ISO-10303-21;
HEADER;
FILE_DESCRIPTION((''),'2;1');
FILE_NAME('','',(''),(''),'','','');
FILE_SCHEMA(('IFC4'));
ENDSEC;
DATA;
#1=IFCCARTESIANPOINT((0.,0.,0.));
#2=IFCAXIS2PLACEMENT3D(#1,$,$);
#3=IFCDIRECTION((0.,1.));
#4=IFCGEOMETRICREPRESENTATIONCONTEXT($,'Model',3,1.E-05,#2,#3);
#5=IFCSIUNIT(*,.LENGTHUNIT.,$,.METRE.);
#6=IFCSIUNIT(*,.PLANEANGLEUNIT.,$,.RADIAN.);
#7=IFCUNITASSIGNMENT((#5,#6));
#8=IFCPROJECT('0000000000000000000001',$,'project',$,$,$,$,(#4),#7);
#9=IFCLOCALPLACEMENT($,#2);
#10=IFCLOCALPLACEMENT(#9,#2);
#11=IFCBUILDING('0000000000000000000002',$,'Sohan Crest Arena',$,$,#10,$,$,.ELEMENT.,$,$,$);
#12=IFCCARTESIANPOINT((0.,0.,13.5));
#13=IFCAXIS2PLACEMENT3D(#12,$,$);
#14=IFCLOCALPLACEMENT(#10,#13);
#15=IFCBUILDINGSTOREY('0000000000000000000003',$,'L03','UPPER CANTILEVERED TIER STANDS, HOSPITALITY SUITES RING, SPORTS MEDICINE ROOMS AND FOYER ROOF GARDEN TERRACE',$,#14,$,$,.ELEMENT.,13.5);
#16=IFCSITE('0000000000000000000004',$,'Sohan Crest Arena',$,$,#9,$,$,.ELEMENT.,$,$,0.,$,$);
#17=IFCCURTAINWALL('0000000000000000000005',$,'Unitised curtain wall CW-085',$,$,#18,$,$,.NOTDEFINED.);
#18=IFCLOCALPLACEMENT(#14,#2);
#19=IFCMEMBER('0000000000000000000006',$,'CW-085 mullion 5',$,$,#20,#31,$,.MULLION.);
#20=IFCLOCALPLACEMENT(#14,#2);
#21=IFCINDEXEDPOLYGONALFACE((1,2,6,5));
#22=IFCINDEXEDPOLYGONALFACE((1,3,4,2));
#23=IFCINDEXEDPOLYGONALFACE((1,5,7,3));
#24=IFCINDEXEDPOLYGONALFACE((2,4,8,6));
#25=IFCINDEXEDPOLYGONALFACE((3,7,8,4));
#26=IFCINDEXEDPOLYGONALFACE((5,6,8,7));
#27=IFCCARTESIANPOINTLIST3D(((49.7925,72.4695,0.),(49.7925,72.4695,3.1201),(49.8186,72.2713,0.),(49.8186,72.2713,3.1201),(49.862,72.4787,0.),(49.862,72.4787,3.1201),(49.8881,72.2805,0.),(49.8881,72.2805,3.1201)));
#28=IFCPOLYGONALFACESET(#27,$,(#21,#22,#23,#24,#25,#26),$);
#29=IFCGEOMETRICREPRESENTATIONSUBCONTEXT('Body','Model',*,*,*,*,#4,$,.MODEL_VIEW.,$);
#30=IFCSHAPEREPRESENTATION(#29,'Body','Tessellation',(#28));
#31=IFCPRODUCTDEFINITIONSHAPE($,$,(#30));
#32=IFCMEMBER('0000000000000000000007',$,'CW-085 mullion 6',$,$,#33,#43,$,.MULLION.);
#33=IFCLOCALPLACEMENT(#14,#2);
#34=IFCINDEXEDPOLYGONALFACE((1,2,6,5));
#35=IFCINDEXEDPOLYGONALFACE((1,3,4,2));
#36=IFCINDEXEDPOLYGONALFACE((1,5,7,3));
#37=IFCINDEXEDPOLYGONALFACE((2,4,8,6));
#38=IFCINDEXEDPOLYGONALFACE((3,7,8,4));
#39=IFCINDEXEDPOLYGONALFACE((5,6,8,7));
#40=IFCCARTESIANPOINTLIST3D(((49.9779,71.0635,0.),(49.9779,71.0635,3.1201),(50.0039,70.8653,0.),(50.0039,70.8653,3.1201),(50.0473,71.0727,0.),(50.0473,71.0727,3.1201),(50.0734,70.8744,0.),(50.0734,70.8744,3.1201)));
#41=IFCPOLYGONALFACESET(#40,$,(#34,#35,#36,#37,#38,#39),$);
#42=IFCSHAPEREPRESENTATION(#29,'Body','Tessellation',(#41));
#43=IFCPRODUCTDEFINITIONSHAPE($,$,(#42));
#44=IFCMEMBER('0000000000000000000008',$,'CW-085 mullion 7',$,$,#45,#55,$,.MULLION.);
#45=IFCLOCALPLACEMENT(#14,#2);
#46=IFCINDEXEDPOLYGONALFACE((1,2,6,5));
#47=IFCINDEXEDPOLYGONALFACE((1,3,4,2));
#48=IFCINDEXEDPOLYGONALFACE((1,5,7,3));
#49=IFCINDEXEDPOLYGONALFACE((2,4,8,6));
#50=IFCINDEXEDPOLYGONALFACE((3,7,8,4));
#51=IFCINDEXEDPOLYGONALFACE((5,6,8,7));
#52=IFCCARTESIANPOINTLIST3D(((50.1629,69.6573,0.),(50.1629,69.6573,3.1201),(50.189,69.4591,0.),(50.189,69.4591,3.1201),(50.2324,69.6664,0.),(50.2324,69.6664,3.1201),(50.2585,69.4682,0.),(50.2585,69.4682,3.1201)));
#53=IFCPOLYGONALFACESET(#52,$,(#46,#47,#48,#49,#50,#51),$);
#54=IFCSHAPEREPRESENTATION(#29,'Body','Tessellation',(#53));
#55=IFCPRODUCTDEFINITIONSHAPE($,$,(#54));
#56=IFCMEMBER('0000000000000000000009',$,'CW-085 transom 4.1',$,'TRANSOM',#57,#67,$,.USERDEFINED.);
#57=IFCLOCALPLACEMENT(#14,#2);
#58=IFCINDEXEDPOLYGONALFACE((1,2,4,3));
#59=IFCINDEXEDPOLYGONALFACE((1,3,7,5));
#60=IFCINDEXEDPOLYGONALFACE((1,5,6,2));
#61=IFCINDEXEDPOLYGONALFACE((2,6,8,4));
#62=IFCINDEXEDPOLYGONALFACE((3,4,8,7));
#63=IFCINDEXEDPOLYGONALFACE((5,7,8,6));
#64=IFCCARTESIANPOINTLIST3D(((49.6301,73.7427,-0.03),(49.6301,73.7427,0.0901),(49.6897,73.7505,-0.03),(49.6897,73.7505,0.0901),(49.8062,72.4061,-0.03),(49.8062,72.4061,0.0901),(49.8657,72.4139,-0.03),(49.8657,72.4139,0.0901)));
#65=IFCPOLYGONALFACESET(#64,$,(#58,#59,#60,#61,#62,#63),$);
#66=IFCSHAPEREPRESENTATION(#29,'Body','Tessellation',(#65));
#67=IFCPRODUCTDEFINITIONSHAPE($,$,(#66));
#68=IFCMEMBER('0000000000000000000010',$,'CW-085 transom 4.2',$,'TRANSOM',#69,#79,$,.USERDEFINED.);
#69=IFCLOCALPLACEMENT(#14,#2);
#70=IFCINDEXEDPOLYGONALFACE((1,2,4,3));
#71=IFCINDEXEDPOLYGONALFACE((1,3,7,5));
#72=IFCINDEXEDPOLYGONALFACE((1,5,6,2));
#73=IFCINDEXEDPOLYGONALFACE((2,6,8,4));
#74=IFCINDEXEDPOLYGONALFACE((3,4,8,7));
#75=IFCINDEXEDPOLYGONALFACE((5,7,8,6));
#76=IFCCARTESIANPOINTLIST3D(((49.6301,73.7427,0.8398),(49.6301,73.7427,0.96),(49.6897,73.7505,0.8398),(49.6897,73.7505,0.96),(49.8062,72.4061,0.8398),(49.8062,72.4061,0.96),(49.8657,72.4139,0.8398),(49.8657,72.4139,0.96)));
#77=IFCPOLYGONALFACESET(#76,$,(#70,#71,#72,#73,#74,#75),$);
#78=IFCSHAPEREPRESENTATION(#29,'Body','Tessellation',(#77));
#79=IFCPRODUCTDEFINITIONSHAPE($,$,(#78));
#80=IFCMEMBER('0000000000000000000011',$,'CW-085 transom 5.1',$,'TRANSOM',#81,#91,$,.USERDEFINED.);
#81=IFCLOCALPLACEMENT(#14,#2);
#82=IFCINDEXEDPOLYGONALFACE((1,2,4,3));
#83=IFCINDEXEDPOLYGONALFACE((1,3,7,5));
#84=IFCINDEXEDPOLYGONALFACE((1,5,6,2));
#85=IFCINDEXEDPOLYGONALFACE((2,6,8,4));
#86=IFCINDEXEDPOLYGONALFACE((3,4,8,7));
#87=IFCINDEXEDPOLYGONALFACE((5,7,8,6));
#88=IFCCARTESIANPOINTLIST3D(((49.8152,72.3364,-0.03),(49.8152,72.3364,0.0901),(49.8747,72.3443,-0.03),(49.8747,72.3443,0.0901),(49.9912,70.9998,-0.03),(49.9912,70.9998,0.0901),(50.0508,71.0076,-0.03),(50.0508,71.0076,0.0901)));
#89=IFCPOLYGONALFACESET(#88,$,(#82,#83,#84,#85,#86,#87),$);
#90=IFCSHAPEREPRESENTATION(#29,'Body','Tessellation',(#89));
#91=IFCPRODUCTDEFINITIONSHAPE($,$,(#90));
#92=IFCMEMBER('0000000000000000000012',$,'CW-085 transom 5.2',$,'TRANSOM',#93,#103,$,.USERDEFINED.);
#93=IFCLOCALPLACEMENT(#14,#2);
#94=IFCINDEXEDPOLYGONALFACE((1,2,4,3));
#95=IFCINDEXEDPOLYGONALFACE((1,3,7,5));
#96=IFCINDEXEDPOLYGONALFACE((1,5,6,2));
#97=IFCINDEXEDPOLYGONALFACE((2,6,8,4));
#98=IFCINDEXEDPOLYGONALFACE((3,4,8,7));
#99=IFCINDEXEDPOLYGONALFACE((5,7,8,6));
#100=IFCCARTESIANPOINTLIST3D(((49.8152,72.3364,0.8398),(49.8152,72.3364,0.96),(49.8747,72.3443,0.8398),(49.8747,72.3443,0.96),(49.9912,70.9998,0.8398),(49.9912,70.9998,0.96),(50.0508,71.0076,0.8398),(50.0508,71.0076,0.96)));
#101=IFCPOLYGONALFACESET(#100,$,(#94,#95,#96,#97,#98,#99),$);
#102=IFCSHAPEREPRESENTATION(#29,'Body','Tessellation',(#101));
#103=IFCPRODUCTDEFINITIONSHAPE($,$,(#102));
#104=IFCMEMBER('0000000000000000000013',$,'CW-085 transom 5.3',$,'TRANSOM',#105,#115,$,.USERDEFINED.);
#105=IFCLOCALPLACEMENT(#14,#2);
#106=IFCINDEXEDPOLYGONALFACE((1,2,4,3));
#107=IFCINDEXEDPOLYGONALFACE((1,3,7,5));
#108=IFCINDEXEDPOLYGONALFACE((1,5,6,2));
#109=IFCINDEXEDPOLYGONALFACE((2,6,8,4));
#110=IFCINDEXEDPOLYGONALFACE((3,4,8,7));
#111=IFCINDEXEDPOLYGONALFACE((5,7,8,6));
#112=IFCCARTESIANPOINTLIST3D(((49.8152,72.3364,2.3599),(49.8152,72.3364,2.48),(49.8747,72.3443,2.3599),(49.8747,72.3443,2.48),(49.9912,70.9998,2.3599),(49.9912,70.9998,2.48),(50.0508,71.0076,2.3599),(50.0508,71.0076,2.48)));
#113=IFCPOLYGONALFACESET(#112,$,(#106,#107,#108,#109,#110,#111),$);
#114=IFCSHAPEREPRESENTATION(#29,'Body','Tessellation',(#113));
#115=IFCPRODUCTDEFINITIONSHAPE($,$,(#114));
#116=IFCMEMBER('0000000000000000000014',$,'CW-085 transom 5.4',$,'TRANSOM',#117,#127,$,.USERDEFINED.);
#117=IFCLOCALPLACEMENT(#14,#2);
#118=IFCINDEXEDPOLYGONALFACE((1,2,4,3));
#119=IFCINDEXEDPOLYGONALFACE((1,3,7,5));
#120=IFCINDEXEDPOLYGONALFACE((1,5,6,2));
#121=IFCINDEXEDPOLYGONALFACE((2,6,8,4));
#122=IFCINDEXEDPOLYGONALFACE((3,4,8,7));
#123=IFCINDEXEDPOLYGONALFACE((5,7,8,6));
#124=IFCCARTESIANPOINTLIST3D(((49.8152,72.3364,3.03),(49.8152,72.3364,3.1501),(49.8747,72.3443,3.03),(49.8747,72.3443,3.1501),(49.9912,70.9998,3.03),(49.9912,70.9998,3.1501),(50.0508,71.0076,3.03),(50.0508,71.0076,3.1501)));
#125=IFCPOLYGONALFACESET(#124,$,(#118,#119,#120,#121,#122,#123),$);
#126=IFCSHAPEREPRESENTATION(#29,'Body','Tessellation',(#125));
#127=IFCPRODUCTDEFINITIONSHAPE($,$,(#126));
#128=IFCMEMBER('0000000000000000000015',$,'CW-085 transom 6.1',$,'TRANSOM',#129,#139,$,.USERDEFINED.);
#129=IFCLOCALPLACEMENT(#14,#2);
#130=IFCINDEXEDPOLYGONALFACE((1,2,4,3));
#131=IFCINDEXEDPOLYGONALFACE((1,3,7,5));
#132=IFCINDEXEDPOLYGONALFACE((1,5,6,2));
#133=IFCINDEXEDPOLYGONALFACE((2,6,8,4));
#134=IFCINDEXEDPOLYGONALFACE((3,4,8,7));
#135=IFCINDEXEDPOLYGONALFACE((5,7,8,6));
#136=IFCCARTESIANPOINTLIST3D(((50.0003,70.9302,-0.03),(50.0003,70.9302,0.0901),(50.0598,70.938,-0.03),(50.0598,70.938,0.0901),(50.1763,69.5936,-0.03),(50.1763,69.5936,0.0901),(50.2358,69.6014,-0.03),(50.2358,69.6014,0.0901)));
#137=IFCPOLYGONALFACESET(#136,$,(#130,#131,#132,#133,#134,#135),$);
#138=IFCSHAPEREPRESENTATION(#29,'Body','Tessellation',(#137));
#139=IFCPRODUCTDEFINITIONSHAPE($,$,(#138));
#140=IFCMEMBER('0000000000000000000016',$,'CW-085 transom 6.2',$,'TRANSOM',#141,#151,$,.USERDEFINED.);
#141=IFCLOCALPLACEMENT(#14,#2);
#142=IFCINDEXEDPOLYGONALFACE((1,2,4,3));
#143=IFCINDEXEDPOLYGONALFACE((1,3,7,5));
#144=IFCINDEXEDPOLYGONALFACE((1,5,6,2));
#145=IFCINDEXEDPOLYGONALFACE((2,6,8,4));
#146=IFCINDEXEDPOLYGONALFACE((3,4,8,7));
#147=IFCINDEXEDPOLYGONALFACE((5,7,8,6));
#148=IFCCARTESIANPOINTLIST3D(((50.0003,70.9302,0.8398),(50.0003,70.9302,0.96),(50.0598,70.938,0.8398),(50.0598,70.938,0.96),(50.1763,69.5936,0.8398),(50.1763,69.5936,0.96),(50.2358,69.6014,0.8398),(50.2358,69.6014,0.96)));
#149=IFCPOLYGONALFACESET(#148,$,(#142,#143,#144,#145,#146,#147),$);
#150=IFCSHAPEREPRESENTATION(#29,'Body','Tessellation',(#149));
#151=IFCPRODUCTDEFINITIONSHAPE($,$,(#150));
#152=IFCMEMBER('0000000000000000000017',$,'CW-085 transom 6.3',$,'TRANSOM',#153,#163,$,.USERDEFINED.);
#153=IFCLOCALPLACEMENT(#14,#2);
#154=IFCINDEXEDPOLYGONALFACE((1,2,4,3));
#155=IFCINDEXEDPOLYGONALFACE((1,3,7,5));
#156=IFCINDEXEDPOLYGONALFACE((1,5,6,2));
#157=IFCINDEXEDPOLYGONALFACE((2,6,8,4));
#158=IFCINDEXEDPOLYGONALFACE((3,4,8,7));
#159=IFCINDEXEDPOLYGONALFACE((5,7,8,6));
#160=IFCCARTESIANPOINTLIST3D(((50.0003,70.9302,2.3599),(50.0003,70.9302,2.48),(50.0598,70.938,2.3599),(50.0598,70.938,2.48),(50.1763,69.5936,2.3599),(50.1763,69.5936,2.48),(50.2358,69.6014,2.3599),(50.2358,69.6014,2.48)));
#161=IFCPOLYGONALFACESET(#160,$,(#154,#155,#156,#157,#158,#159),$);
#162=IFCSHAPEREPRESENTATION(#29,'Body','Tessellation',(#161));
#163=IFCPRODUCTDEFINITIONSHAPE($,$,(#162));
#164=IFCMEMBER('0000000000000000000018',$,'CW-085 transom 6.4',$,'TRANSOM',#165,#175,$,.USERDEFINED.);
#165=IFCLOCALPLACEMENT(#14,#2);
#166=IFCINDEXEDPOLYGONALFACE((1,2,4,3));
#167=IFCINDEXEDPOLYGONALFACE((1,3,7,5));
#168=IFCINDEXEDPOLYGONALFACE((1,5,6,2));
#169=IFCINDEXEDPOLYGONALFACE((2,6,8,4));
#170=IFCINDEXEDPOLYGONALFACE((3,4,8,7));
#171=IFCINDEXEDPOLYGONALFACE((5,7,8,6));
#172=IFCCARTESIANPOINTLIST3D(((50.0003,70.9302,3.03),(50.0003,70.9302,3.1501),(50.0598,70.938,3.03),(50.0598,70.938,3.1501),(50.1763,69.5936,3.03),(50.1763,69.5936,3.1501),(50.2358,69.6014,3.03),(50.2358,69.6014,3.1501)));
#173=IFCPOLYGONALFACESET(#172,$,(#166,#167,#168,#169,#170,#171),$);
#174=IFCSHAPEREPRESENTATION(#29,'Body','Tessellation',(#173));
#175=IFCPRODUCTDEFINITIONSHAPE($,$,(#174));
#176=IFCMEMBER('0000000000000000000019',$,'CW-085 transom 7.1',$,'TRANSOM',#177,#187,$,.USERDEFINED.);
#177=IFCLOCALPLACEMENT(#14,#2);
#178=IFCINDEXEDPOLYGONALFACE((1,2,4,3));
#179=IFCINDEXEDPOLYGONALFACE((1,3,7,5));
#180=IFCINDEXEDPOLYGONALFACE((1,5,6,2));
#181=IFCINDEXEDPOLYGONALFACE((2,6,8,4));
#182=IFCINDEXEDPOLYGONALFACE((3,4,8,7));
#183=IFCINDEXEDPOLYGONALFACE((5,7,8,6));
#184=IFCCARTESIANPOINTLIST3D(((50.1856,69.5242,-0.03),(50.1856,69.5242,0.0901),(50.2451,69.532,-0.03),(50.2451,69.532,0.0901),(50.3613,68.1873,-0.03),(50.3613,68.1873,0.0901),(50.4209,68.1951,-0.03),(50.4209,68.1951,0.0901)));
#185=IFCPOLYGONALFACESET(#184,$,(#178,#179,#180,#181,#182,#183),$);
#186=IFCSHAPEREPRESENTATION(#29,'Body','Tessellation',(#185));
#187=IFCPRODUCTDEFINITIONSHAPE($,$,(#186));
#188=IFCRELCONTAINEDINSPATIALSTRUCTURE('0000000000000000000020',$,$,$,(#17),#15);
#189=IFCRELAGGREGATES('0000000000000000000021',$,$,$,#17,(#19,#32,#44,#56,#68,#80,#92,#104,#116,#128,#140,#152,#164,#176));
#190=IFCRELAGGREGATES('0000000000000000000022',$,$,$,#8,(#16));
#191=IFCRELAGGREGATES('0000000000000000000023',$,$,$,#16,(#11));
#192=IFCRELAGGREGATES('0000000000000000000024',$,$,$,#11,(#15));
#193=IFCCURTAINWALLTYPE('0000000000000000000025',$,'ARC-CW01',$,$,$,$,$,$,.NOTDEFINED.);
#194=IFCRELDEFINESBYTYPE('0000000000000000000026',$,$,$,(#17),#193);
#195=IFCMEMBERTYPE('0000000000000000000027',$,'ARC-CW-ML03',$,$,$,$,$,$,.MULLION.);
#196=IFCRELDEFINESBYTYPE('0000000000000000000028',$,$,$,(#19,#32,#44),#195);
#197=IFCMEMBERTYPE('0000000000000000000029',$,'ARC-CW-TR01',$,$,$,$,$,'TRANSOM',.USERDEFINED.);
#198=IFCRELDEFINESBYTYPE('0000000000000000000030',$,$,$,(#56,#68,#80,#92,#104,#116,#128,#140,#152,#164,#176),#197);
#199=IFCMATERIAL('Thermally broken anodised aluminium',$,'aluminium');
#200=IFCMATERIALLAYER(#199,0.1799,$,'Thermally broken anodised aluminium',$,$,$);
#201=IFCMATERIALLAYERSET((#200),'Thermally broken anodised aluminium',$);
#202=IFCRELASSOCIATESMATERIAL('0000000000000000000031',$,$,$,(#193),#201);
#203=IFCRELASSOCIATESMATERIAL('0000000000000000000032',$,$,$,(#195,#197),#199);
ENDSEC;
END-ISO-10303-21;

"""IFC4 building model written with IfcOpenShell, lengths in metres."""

from ifc_helpers import new_model, si_unit, direction, frame, origin, origin_2d, place, context, subcontext, project, spatial, rectangle, extrude, material, layer, layer_set, material_profile, profile_set, type_object, element, aggregate, save


model = new_model("IFC4")

# Units and contexts
model_context = context("Model", 3, precision=1e-05, world=origin(), true_north=direction((0.0, 1.0)))
body_context = subcontext(model_context, "Body", "Model", "MODEL_VIEW")
ifc_project = project(units=[si_unit("LENGTHUNIT", "METRE"), si_unit("PLANEANGLEUNIT", "RADIAN")], contexts=[model_context])

# Site, building, storey
site_placement = place(None, origin())
site = spatial("IfcSite", under=ifc_project, at=site_placement, Name="Sohan Crest Arena", CompositionType="ELEMENT", RefElevation=0.0)
building_placement = place(site_placement, origin())
building = spatial("IfcBuilding", under=site, at=building_placement, Name="Sohan Crest Arena", CompositionType="ELEMENT")
storey_placement = place(building_placement, frame((0.0, 0.0, 13.5)))
storey = spatial("IfcBuildingStorey", under=building, at=storey_placement, Name="L03", Description="UPPER CANTILEVERED TIER STANDS, HOSPITALITY SUITES RING, SPORTS MEDICINE ROOMS AND FOYER ROOF GARDEN TERRACE", CompositionType="ELEMENT", Elevation=13.5)

# Curtain wall, members
ifc_material_1 = material(Name="Thermally broken anodised aluminium", Category="aluminium")
ifc_layer_1 = layer(ifc_material_1, 0.1799, Name="Thermally broken anodised aluminium")
ifc_layer_set_1 = layer_set([ifc_layer_1], Name="Thermally broken anodised aluminium")
curtain_wall_type = type_object("IfcCurtainWallType", Name="ARC-CW01", PredefinedType="NOTDEFINED", material=ifc_layer_set_1)
curtain_wall_placement = place(storey_placement, origin())
curtain_wall = element("IfcCurtainWall", 1, at=curtain_wall_placement, inside=storey, type_object=curtain_wall_type, Name="Unitised curtain wall CW-085", PredefinedType="NOTDEFINED")
ifc_material_profile_1 = material_profile(ifc_material_1, rectangle(XDim=0.0701, YDim=0.2, at=origin_2d()), Name="ALU-MULL 70x200")
ifc_profile_set_1 = profile_set([ifc_material_profile_1], Name="Thermally broken anodised aluminium")
member_type_1 = type_object("IfcMemberType", Name="ARC-CW-ML03", PredefinedType="MULLION", material=ifc_profile_set_1)
member_1_placement = place(storey_placement, frame((49.8403, 72.375, 0.0), z_axis=(0.0, 0.0, 1.0), x_axis=(0.991447, 0.130511, 0.0)))
member_1 = element("IfcMember", 2, at=member_1_placement, type_object=member_type_1, Name="CW-085 mullion 5", PredefinedType="MULLION", context=body_context, shape_type="SweptSolid", body=[
    extrude(rectangle(XDim=0.0701, YDim=0.2, at=origin_2d()), origin(), (0.0, 0.0, 1.0), 3.1201),
])
member_2_placement = place(storey_placement, frame((50.0256, 70.969, 0.0), z_axis=(0.0, 0.0, 1.0), x_axis=(0.991447, 0.130511, 0.0)))
member_2 = element("IfcMember", 3, at=member_2_placement, type_object=member_type_1, Name="CW-085 mullion 6", PredefinedType="MULLION", context=body_context, shape_type="SweptSolid", body=[
    extrude(rectangle(XDim=0.0701, YDim=0.2, at=origin_2d()), origin(), (0.0, 0.0, 1.0), 3.1201),
])
member_3_placement = place(storey_placement, frame((50.2107, 69.5627, 0.0), z_axis=(0.0, 0.0, 1.0), x_axis=(0.991447, 0.130511, 0.0)))
member_3 = element("IfcMember", 4, at=member_3_placement, type_object=member_type_1, Name="CW-085 mullion 7", PredefinedType="MULLION", context=body_context, shape_type="SweptSolid", body=[
    extrude(rectangle(XDim=0.0701, YDim=0.2, at=origin_2d()), origin(), (0.0, 0.0, 1.0), 3.1201),
])
ifc_material_profile_2 = material_profile(ifc_material_1, rectangle(XDim=0.0601, YDim=0.1201, at=origin_2d()), Name="ALU-TRAN 60x120")
ifc_profile_set_2 = profile_set([ifc_material_profile_2], Name="Thermally broken anodised aluminium")
member_type_2 = type_object("IfcMemberType", Name="ARC-CW-TR01", ElementType="TRANSOM", PredefinedType="USERDEFINED", material=ifc_profile_set_2)
member_4_placement = place(storey_placement, frame((49.6599, 73.7466, 0.03), z_axis=(0.130562, -0.99144, 0.0), x_axis=(0.99144, 0.130562, 0.0)))
member_4 = element("IfcMember", 5, at=member_4_placement, type_object=member_type_2, Name="CW-085 transom 4.1", ObjectType="TRANSOM", PredefinedType="USERDEFINED", context=body_context, shape_type="SweptSolid", body=[
    extrude(rectangle(XDim=0.0601, YDim=0.1201, at=origin_2d()), origin(), (0.0, 0.0, 1.0), 1.3481),
])
member_5_placement = place(storey_placement, frame((49.6599, 73.7466, 0.8999), z_axis=(0.130562, -0.99144, 0.0), x_axis=(0.99144, 0.130562, 0.0)))
member_5 = element("IfcMember", 6, at=member_5_placement, type_object=member_type_2, Name="CW-085 transom 4.2", ObjectType="TRANSOM", PredefinedType="USERDEFINED", context=body_context, shape_type="SweptSolid", body=[
    extrude(rectangle(XDim=0.0601, YDim=0.1201, at=origin_2d()), origin(), (0.0, 0.0, 1.0), 1.3481),
])
member_6_placement = place(storey_placement, frame((49.845, 72.3403, 0.03), z_axis=(0.130562, -0.99144, 0.0), x_axis=(0.99144, 0.130562, 0.0)))
member_6 = element("IfcMember", 7, at=member_6_placement, type_object=member_type_2, Name="CW-085 transom 5.1", ObjectType="TRANSOM", PredefinedType="USERDEFINED", context=body_context, shape_type="SweptSolid", body=[
    extrude(rectangle(XDim=0.0601, YDim=0.1201, at=origin_2d()), origin(), (0.0, 0.0, 1.0), 1.3481),
])
member_7_placement = place(storey_placement, frame((49.845, 72.3403, 0.8999), z_axis=(0.130562, -0.99144, 0.0), x_axis=(0.99144, 0.130562, 0.0)))
member_7 = element("IfcMember", 8, at=member_7_placement, type_object=member_type_2, Name="CW-085 transom 5.2", ObjectType="TRANSOM", PredefinedType="USERDEFINED", context=body_context, shape_type="SweptSolid", body=[
    extrude(rectangle(XDim=0.0601, YDim=0.1201, at=origin_2d()), origin(), (0.0, 0.0, 1.0), 1.3481),
])
member_8_placement = place(storey_placement, frame((49.845, 72.3403, 2.4199), z_axis=(0.130562, -0.99144, 0.0), x_axis=(0.99144, 0.130562, 0.0)))
member_8 = element("IfcMember", 9, at=member_8_placement, type_object=member_type_2, Name="CW-085 transom 5.3", ObjectType="TRANSOM", PredefinedType="USERDEFINED", context=body_context, shape_type="SweptSolid", body=[
    extrude(rectangle(XDim=0.0601, YDim=0.1201, at=origin_2d()), origin(), (0.0, 0.0, 1.0), 1.3481),
])
member_9_placement = place(storey_placement, frame((49.845, 72.3403, 3.0901), z_axis=(0.130562, -0.99144, 0.0), x_axis=(0.99144, 0.130562, 0.0)))
member_9 = element("IfcMember", 10, at=member_9_placement, type_object=member_type_2, Name="CW-085 transom 5.4", ObjectType="TRANSOM", PredefinedType="USERDEFINED", context=body_context, shape_type="SweptSolid", body=[
    extrude(rectangle(XDim=0.0601, YDim=0.1201, at=origin_2d()), origin(), (0.0, 0.0, 1.0), 1.3481),
])
member_10_placement = place(storey_placement, frame((50.03, 70.9341, 0.03), z_axis=(0.130562, -0.99144, 0.0), x_axis=(0.99144, 0.130562, 0.0)))
member_10 = element("IfcMember", 11, at=member_10_placement, type_object=member_type_2, Name="CW-085 transom 6.1", ObjectType="TRANSOM", PredefinedType="USERDEFINED", context=body_context, shape_type="SweptSolid", body=[
    extrude(rectangle(XDim=0.0601, YDim=0.1201, at=origin_2d()), origin(), (0.0, 0.0, 1.0), 1.3481),
])
member_11_placement = place(storey_placement, frame((50.03, 70.9341, 0.8999), z_axis=(0.130562, -0.99144, 0.0), x_axis=(0.99144, 0.130562, 0.0)))
member_11 = element("IfcMember", 12, at=member_11_placement, type_object=member_type_2, Name="CW-085 transom 6.2", ObjectType="TRANSOM", PredefinedType="USERDEFINED", context=body_context, shape_type="SweptSolid", body=[
    extrude(rectangle(XDim=0.0601, YDim=0.1201, at=origin_2d()), origin(), (0.0, 0.0, 1.0), 1.3481),
])
member_12_placement = place(storey_placement, frame((50.03, 70.9341, 2.4199), z_axis=(0.130562, -0.99144, 0.0), x_axis=(0.99144, 0.130562, 0.0)))
member_12 = element("IfcMember", 13, at=member_12_placement, type_object=member_type_2, Name="CW-085 transom 6.3", ObjectType="TRANSOM", PredefinedType="USERDEFINED", context=body_context, shape_type="SweptSolid", body=[
    extrude(rectangle(XDim=0.0601, YDim=0.1201, at=origin_2d()), origin(), (0.0, 0.0, 1.0), 1.3481),
])
member_13_placement = place(storey_placement, frame((50.03, 70.9341, 3.0901), z_axis=(0.130562, -0.99144, 0.0), x_axis=(0.99144, 0.130562, 0.0)))
member_13 = element("IfcMember", 14, at=member_13_placement, type_object=member_type_2, Name="CW-085 transom 6.4", ObjectType="TRANSOM", PredefinedType="USERDEFINED", context=body_context, shape_type="SweptSolid", body=[
    extrude(rectangle(XDim=0.0601, YDim=0.1201, at=origin_2d()), origin(), (0.0, 0.0, 1.0), 1.3481),
])
member_14_placement = place(storey_placement, frame((50.2153, 69.5281, 0.03), z_axis=(0.130361, -0.991467, 0.0), x_axis=(0.991467, 0.130361, 0.0)))
member_14 = element("IfcMember", 15, at=member_14_placement, type_object=member_type_2, Name="CW-085 transom 7.1", ObjectType="TRANSOM", PredefinedType="USERDEFINED", context=body_context, shape_type="SweptSolid", body=[
    extrude(rectangle(XDim=0.0601, YDim=0.1201, at=origin_2d()), origin(), (0.0, 0.0, 1.0), 1.3484),
])
aggregate(curtain_wall, [member_1, member_2, member_3, member_4, member_5, member_6, member_7, member_8, member_9, member_10, member_11, member_12, member_13, member_14])

save(model, "model.ifc")
